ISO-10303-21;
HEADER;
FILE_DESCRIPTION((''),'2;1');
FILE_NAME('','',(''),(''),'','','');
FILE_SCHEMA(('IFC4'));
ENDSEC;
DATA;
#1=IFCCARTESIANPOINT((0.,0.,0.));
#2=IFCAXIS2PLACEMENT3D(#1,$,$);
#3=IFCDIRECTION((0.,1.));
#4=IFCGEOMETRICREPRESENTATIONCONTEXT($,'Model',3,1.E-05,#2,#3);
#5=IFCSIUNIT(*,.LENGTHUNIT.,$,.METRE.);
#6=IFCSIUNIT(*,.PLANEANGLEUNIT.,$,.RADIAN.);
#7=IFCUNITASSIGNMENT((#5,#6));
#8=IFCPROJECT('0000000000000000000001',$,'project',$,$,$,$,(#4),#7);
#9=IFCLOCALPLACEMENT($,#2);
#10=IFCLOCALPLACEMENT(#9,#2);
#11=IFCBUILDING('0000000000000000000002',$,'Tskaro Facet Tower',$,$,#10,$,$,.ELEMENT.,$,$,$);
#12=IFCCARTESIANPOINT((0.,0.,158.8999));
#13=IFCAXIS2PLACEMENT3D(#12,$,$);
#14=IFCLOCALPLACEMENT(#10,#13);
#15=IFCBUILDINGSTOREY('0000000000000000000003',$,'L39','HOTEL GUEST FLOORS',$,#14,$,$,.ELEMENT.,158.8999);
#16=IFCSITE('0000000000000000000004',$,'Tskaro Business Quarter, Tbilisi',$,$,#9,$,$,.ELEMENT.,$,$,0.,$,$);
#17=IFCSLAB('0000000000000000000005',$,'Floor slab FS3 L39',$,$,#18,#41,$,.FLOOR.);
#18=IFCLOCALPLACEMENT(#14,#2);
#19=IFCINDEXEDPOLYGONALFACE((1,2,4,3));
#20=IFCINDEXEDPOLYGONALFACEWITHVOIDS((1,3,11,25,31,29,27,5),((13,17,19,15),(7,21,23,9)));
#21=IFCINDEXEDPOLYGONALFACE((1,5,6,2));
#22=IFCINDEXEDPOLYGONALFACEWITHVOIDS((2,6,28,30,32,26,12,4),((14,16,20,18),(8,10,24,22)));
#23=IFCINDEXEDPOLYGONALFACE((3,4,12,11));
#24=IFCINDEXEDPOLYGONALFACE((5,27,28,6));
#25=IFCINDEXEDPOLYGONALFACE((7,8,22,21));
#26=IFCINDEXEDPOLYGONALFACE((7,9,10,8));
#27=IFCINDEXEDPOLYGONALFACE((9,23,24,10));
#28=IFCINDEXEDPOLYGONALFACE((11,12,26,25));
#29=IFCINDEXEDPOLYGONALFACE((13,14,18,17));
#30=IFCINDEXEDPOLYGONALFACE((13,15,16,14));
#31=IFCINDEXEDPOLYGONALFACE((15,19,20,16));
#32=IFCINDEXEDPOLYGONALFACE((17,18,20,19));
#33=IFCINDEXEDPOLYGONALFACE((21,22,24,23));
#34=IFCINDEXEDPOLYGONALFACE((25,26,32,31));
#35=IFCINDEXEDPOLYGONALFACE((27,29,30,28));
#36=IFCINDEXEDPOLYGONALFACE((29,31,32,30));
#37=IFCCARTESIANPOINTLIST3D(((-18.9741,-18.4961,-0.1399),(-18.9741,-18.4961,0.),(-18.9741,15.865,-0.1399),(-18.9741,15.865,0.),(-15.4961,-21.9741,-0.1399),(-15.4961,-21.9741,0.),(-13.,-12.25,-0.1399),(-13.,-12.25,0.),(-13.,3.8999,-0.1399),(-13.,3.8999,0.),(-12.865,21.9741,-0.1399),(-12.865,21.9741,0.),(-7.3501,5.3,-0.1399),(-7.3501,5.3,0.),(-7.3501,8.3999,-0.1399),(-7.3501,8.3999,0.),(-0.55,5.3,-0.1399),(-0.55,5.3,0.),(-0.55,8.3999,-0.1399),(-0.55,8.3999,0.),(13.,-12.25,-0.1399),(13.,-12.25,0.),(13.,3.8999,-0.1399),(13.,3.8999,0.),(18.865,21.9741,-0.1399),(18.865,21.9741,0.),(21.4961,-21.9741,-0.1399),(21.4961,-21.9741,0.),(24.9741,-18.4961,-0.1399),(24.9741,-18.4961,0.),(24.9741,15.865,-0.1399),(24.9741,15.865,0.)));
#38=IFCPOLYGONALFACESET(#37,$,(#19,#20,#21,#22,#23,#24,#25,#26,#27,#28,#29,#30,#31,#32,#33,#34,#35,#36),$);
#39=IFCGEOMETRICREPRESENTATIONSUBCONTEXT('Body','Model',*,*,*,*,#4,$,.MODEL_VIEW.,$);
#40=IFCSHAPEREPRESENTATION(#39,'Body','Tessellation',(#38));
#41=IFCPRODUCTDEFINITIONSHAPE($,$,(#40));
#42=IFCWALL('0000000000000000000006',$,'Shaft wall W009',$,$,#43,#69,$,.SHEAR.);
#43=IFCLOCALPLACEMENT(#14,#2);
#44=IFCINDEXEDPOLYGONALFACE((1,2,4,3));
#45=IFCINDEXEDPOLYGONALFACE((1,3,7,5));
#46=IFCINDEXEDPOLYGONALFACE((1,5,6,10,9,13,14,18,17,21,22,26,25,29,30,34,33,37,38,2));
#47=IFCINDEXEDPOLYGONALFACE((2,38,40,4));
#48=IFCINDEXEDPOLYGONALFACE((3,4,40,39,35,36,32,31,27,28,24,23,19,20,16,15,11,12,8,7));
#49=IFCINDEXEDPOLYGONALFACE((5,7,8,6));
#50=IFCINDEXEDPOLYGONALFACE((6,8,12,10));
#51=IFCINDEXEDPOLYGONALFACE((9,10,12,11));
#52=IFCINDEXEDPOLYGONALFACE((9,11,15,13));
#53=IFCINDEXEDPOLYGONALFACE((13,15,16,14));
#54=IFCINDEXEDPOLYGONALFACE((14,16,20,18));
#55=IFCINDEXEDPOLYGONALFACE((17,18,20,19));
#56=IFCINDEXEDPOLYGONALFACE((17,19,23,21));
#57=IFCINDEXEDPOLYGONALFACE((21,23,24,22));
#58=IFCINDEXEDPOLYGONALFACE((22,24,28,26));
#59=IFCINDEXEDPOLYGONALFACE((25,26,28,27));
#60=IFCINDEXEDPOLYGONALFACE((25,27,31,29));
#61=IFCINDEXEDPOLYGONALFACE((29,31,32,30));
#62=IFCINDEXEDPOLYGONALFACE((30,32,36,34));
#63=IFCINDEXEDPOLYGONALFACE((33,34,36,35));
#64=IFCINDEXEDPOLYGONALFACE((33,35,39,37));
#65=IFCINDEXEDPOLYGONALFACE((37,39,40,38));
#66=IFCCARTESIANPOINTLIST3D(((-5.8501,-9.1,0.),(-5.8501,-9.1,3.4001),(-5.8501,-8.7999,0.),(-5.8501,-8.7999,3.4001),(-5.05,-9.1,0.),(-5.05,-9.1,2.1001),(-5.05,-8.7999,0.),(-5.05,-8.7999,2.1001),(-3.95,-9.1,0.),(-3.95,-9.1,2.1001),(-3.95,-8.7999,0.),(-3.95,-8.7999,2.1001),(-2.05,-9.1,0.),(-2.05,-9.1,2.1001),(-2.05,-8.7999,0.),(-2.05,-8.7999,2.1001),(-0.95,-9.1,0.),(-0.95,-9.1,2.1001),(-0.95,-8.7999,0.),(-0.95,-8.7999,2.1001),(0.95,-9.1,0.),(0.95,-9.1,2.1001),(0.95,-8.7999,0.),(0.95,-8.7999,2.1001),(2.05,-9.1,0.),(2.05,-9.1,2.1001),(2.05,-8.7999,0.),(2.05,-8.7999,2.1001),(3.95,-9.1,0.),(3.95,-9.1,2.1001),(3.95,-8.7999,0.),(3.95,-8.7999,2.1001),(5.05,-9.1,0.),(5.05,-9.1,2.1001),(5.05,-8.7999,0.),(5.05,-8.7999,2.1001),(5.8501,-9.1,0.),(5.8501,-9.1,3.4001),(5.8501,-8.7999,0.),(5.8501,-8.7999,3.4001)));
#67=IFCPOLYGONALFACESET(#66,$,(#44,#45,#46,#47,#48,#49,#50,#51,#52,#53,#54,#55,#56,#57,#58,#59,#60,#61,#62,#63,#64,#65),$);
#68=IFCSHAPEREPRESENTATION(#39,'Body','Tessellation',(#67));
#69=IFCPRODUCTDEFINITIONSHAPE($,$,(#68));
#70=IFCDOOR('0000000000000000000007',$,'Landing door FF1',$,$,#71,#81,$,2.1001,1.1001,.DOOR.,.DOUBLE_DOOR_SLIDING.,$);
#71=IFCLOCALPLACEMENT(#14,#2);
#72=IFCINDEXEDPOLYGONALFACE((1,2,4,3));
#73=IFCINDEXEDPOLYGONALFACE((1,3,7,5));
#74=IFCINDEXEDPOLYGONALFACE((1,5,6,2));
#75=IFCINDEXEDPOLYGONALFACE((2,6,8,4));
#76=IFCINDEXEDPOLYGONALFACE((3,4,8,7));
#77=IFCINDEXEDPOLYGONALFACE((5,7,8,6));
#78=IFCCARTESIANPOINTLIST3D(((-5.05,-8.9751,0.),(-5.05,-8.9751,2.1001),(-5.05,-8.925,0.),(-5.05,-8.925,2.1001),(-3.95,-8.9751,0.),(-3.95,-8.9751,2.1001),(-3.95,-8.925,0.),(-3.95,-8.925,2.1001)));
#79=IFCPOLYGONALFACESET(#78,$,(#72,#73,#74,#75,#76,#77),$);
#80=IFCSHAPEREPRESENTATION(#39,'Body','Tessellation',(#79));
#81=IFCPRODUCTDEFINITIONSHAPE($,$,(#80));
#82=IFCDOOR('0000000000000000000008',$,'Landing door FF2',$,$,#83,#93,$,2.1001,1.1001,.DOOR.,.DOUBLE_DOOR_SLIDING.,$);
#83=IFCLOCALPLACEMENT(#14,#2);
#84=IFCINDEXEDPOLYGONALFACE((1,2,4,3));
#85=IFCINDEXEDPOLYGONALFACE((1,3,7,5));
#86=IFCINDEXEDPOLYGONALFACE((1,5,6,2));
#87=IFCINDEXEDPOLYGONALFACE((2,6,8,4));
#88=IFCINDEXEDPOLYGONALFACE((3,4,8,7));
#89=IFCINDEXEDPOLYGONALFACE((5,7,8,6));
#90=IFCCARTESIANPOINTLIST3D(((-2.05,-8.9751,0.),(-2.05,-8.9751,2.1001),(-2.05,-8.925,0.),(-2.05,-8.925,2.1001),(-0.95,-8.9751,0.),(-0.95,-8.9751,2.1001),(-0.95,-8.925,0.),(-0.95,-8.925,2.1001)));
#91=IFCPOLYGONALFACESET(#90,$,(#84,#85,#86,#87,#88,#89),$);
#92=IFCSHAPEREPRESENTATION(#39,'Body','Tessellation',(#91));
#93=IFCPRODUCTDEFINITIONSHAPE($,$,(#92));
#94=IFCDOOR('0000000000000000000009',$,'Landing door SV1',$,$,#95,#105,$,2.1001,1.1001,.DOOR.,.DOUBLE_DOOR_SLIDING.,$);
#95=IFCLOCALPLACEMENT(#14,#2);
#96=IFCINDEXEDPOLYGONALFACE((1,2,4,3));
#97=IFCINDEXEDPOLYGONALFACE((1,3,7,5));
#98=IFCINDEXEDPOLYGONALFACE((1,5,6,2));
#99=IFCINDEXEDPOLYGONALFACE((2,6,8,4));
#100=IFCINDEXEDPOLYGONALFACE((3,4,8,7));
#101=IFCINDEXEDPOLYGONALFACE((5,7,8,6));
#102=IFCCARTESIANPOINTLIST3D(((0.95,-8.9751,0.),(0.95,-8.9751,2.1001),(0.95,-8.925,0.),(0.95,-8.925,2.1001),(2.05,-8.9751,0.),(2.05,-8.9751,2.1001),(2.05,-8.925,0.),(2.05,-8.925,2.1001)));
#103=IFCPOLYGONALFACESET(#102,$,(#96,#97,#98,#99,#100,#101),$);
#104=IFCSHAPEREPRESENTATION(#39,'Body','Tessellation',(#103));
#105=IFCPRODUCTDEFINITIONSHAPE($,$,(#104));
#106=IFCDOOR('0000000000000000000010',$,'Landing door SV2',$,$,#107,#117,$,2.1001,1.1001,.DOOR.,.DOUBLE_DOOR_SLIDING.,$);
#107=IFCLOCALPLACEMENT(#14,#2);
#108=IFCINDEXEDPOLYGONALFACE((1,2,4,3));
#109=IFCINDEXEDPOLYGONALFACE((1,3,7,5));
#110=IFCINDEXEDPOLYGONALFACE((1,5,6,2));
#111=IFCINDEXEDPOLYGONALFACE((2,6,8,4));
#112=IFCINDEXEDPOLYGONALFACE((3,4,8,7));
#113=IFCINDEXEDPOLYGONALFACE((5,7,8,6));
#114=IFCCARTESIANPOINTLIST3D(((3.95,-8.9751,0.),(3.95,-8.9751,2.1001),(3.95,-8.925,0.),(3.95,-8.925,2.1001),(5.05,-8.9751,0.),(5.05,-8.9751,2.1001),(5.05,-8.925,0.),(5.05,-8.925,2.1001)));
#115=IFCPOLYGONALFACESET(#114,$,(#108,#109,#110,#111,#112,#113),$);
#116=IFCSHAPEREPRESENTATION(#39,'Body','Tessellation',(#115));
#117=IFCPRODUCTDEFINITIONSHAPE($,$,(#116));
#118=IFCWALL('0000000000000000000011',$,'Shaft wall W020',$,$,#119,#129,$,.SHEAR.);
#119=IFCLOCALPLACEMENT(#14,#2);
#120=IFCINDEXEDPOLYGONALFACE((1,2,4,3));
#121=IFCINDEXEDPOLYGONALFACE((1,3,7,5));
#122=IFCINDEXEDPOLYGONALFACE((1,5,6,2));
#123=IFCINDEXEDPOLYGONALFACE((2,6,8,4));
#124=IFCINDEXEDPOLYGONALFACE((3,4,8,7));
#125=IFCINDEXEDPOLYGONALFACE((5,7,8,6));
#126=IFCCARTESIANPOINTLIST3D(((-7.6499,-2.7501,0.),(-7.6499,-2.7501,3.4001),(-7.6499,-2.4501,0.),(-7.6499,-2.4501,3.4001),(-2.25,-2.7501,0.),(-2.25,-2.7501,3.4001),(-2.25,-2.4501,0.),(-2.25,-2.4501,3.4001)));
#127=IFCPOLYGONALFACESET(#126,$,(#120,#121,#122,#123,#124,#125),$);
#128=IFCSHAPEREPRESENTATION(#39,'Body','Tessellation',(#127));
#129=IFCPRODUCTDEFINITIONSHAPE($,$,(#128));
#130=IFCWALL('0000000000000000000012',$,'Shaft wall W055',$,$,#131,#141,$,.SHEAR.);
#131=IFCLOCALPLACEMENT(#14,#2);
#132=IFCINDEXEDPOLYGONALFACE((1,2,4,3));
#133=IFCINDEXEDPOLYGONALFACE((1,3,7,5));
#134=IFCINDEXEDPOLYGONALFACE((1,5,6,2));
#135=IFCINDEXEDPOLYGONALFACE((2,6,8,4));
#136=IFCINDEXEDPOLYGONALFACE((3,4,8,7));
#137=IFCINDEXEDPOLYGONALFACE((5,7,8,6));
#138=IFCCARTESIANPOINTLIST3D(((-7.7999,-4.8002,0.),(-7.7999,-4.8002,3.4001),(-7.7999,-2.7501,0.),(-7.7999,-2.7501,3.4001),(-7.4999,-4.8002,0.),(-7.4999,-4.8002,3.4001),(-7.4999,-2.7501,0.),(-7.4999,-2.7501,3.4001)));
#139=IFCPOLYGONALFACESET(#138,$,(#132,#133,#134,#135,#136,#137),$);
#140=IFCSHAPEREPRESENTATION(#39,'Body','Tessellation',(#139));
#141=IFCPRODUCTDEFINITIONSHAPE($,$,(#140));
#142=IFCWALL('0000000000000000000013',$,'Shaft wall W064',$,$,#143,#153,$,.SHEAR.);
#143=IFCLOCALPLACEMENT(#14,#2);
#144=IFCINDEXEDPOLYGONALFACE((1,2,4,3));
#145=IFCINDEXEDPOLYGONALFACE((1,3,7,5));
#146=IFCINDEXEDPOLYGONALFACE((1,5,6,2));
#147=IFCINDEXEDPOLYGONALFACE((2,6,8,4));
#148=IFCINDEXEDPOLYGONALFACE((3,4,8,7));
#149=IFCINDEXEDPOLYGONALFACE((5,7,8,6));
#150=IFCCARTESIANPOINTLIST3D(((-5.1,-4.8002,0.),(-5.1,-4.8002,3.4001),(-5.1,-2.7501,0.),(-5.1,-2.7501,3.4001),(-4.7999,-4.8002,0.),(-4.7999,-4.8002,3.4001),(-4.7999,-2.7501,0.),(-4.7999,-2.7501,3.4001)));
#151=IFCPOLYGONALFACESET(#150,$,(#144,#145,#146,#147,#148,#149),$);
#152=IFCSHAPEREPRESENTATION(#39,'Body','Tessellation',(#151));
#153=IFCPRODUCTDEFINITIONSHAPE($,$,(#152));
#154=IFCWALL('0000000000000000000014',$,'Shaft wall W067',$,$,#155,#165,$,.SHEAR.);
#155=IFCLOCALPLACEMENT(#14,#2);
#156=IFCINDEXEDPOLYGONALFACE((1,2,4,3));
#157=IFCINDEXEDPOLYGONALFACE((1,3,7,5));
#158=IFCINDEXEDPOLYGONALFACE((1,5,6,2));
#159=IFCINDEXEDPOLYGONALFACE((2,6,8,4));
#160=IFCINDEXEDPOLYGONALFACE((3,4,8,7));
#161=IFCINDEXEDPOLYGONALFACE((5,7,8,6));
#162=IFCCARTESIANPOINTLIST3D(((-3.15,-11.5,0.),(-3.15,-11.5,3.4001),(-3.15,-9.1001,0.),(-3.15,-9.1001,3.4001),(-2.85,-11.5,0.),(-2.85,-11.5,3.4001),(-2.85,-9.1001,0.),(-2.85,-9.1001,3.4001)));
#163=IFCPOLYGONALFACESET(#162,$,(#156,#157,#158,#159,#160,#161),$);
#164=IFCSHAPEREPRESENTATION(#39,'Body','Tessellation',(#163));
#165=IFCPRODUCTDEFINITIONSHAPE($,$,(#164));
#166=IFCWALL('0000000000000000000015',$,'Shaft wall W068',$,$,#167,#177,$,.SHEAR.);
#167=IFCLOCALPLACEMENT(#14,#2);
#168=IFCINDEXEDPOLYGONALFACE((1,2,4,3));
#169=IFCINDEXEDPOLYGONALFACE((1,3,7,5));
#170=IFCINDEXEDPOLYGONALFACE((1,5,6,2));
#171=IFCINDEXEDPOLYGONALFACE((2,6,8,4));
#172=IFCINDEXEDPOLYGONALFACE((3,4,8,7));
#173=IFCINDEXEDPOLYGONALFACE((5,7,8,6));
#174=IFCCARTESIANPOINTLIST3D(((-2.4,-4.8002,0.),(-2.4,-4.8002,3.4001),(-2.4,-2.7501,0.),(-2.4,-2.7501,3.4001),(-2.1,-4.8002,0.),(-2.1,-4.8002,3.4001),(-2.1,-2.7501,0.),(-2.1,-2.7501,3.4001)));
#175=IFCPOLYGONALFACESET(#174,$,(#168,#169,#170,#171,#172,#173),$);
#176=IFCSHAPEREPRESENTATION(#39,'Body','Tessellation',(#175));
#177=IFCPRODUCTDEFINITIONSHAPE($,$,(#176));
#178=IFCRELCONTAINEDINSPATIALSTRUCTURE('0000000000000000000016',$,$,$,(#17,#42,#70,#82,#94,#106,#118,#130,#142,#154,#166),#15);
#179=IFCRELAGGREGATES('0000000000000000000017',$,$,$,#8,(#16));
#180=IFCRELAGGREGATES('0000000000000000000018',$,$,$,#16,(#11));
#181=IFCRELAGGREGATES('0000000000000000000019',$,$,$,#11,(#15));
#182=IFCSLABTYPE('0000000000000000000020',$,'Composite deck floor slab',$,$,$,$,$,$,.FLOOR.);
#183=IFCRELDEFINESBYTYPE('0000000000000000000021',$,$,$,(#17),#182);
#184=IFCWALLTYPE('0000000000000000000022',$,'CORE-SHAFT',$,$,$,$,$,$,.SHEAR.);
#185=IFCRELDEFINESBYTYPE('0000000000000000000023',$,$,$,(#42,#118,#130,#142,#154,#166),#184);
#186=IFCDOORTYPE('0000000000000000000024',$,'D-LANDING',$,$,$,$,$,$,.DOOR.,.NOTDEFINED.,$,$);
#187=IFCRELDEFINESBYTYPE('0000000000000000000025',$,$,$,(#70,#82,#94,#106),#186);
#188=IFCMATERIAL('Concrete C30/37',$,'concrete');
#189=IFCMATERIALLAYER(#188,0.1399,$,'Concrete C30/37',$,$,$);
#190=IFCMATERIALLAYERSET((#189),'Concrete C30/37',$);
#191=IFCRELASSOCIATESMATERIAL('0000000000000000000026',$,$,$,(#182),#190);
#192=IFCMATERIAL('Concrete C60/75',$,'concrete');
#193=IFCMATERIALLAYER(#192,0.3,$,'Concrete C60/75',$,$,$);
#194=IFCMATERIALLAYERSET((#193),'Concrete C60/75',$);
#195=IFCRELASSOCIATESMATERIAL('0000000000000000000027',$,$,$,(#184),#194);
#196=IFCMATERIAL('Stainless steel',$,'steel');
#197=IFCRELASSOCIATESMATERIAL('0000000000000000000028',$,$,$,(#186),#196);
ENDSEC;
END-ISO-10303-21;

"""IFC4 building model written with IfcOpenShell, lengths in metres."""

from ifc_helpers import new_model, si_unit, direction, frame, frame_2d, origin, place, context, subcontext, project, spatial, polyline, rectangle, outline, extrude, material, layer, layer_set, type_object, element, fill, save


model = new_model("IFC4")

# Units and contexts
model_context = context("Model", 3, precision=1e-05, world=origin(), true_north=direction((0.0, 1.0)))
body_context = subcontext(model_context, "Body", "Model", "MODEL_VIEW")
ifc_project = project(units=[si_unit("LENGTHUNIT", "METRE"), si_unit("PLANEANGLEUNIT", "RADIAN")], contexts=[model_context])

# Site, building, storey
site_placement = place(None, origin())
site = spatial("IfcSite", under=ifc_project, at=site_placement, Name="Tskaro Business Quarter, Tbilisi", CompositionType="ELEMENT", RefElevation=0.0)
building_placement = place(site_placement, origin())
building = spatial("IfcBuilding", under=site, at=building_placement, Name="Tskaro Facet Tower", CompositionType="ELEMENT")
storey_placement = place(building_placement, frame((0.0, 0.0, 158.8999)))
storey = spatial("IfcBuildingStorey", under=building, at=storey_placement, Name="L39", Description="HOTEL GUEST FLOORS", CompositionType="ELEMENT", Elevation=158.8999)

# Slab
ifc_material_1 = material(Name="Concrete C30/37", Category="concrete")
ifc_layer_1 = layer(ifc_material_1, 0.1399, Name="Concrete C30/37")
ifc_layer_set_1 = layer_set([ifc_layer_1], Name="Concrete C30/37")
slab_type_1 = type_object("IfcSlabType", Name="Composite deck floor slab", PredefinedType="FLOOR", material=ifc_layer_set_1)
slab_1_placement = place(storey_placement, frame((0.0, 0.0, -0.1399)))
element("IfcSlab", 1, at=slab_1_placement, inside=storey, type_object=slab_type_1, Name="Floor slab FS3 L39", PredefinedType="FLOOR", context=body_context, shape_type="SweptSolid", body=[
    extrude(outline(polyline([(-15.4961, -21.9741), (21.4961, -21.9741), (24.9741, -18.4961), (24.9741, 15.865), (18.865, 21.9741), (-12.865, 21.9741), (-18.9741, 15.865), (-18.9741, -18.4961), (-15.4961, -21.9741)]), holes=[polyline([(-13.0, -12.25), (13.0, -12.25), (13.0, 3.8999), (-13.0, 3.8999), (-13.0, -12.25)]), polyline([(-7.3501, 5.3), (-0.55, 5.3), (-0.55, 8.3999), (-7.3501, 8.3999), (-7.3501, 5.3)])]), origin(), (0.0, 0.0, 1.0), 0.1399),
])
ifc_material_2 = material(Name="Concrete C60/75", Category="concrete")

# Wall, openings, doors
ifc_layer_2 = layer(ifc_material_2, 0.3, Name="Concrete C60/75")
ifc_layer_set_2 = layer_set([ifc_layer_2], Name="Concrete C60/75")
wall_type_1 = type_object("IfcWallType", Name="CORE-SHAFT", PredefinedType="SHEAR", material=ifc_layer_set_2)
wall_1_placement = place(storey_placement, frame((-5.8501, -8.95, 0.0), z_axis=(0.0, 0.0, 1.0), x_axis=(1.0, 0.0, 0.0)))
wall_1 = element("IfcWall", 2, at=wall_1_placement, inside=storey, type_object=wall_type_1, Name="Shaft wall W009", PredefinedType="SHEAR", context=body_context, shape_type="SweptSolid", body=[
    extrude(rectangle(XDim=11.7002, YDim=0.3, at=frame_2d((5.8501, 0.0))), origin(), (0.0, 0.0, 1.0), 3.4001),
])
opening_1_placement = place(wall_1_placement, frame((0.8, 0.0, 0.0)))
opening_1 = element("IfcOpeningElement", 3, at=opening_1_placement, cuts=wall_1, PredefinedType="OPENING", context=body_context, shape_type="SweptSolid", body=[
    extrude(rectangle(XDim=1.1001, YDim=2.1001, at=frame_2d((0.55, 1.05))), frame((0.0, 0.1599, 0.0), z_axis=(0.0, -1.0, 0.0), x_axis=(1.0, 0.0, 0.0)), (0.0, 0.0, 1.0), 0.3201),
])
opening_2_placement = place(wall_1_placement, frame((3.8, 0.0, 0.0)))
opening_2 = element("IfcOpeningElement", 4, at=opening_2_placement, cuts=wall_1, PredefinedType="OPENING", context=body_context, shape_type="SweptSolid", body=[
    extrude(rectangle(XDim=1.1001, YDim=2.1001, at=frame_2d((0.55, 1.05))), frame((0.0, 0.1599, 0.0), z_axis=(0.0, -1.0, 0.0), x_axis=(1.0, 0.0, 0.0)), (0.0, 0.0, 1.0), 0.3201),
])
opening_3_placement = place(wall_1_placement, frame((6.8, 0.0, 0.0)))
opening_3 = element("IfcOpeningElement", 5, at=opening_3_placement, cuts=wall_1, PredefinedType="OPENING", context=body_context, shape_type="SweptSolid", body=[
    extrude(rectangle(XDim=1.1001, YDim=2.1001, at=frame_2d((0.55, 1.05))), frame((0.0, 0.1599, 0.0), z_axis=(0.0, -1.0, 0.0), x_axis=(1.0, 0.0, 0.0)), (0.0, 0.0, 1.0), 0.3201),
])
opening_4_placement = place(wall_1_placement, frame((9.8, 0.0, 0.0)))
opening_4 = element("IfcOpeningElement", 6, at=opening_4_placement, cuts=wall_1, PredefinedType="OPENING", context=body_context, shape_type="SweptSolid", body=[
    extrude(rectangle(XDim=1.1001, YDim=2.1001, at=frame_2d((0.55, 1.05))), frame((0.0, 0.1599, 0.0), z_axis=(0.0, -1.0, 0.0), x_axis=(1.0, 0.0, 0.0)), (0.0, 0.0, 1.0), 0.3201),
])
ifc_material_3 = material(Name="Stainless steel", Category="steel")
door_type_1 = type_object("IfcDoorType", Name="D-LANDING", OperationType="NOTDEFINED", PredefinedType="DOOR", material=ifc_material_3)
door_1_placement = place(opening_1_placement, origin())
door_1 = element("IfcDoor", 7, at=door_1_placement, inside=storey, type_object=door_type_1, Name="Landing door FF1", OperationType="DOUBLE_DOOR_SLIDING", OverallHeight=2.1001, OverallWidth=1.1001, PredefinedType="DOOR", context=body_context, shape_type="SweptSolid", body=[
    extrude(rectangle(XDim=1.1001, YDim=2.1001, at=frame_2d((0.55, 1.05))), frame((0.0, 0.0249, 0.0), z_axis=(0.0, -1.0, 0.0), x_axis=(1.0, 0.0, 0.0)), (0.0, 0.0, 1.0), 0.05),
])
fill(opening_1, door_1)
door_2_placement = place(opening_2_placement, origin())
door_2 = element("IfcDoor", 8, at=door_2_placement, inside=storey, type_object=door_type_1, Name="Landing door FF2", OperationType="DOUBLE_DOOR_SLIDING", OverallHeight=2.1001, OverallWidth=1.1001, PredefinedType="DOOR", context=body_context, shape_type="SweptSolid", body=[
    extrude(rectangle(XDim=1.1001, YDim=2.1001, at=frame_2d((0.55, 1.05))), frame((0.0, 0.0249, 0.0), z_axis=(0.0, -1.0, 0.0), x_axis=(1.0, 0.0, 0.0)), (0.0, 0.0, 1.0), 0.05),
])
fill(opening_2, door_2)
door_3_placement = place(opening_3_placement, origin())
door_3 = element("IfcDoor", 9, at=door_3_placement, inside=storey, type_object=door_type_1, Name="Landing door SV1", OperationType="DOUBLE_DOOR_SLIDING", OverallHeight=2.1001, OverallWidth=1.1001, PredefinedType="DOOR", context=body_context, shape_type="SweptSolid", body=[
    extrude(rectangle(XDim=1.1001, YDim=2.1001, at=frame_2d((0.55, 1.05))), frame((0.0, 0.0249, 0.0), z_axis=(0.0, -1.0, 0.0), x_axis=(1.0, 0.0, 0.0)), (0.0, 0.0, 1.0), 0.05),
])
fill(opening_3, door_3)
door_4_placement = place(opening_4_placement, origin())
door_4 = element("IfcDoor", 10, at=door_4_placement, inside=storey, type_object=door_type_1, Name="Landing door SV2", OperationType="DOUBLE_DOOR_SLIDING", OverallHeight=2.1001, OverallWidth=1.1001, PredefinedType="DOOR", context=body_context, shape_type="SweptSolid", body=[
    extrude(rectangle(XDim=1.1001, YDim=2.1001, at=frame_2d((0.55, 1.05))), frame((0.0, 0.0249, 0.0), z_axis=(0.0, -1.0, 0.0), x_axis=(1.0, 0.0, 0.0)), (0.0, 0.0, 1.0), 0.05),
])
fill(opening_4, door_4)

# Walls
wall_2_placement = place(storey_placement, frame((-7.6499, -2.6001, 0.0), z_axis=(0.0, 0.0, 1.0), x_axis=(1.0, 0.0, 0.0)))
element("IfcWall", 11, at=wall_2_placement, inside=storey, type_object=wall_type_1, Name="Shaft wall W020", PredefinedType="SHEAR", context=body_context, shape_type="SweptSolid", body=[
    extrude(rectangle(XDim=5.3999, YDim=0.3, at=frame_2d((2.7, 0.0))), origin(), (0.0, 0.0, 1.0), 3.4001),
])
for number, where, z_axis, x_axis, name in (
    (12, (-7.6499, -4.8, 0.0), (0.0, 0.0, 1.0), (0.0, 1.0, 0.0), "Shaft wall W055"),
    (13, (-4.95, -4.8, 0.0), (0.0, 0.0, 1.0), (0.0, 1.0, 0.0), "Shaft wall W064"),
):
    element("IfcWall", number, at=place(storey_placement, frame(where, z_axis=z_axis, x_axis=x_axis)), inside=storey, type_object=wall_type_1, Name=name, PredefinedType="SHEAR", context=body_context, shape_type="SweptSolid", body=[
        extrude(rectangle(XDim=2.05, YDim=0.3, at=frame_2d((1.0249, 0.0))), origin(), (0.0, 0.0, 1.0), 3.4001),
    ])
wall_3_placement = place(storey_placement, frame((-3.0, -11.5, 0.0), z_axis=(0.0, 0.0, 1.0), x_axis=(0.0, 1.0, 0.0)))
element("IfcWall", 14, at=wall_3_placement, inside=storey, type_object=wall_type_1, Name="Shaft wall W067", PredefinedType="SHEAR", context=body_context, shape_type="SweptSolid", body=[
    extrude(rectangle(XDim=2.3999, YDim=0.3, at=frame_2d((1.2, 0.0))), origin(), (0.0, 0.0, 1.0), 3.4001),
])
wall_4_placement = place(storey_placement, frame((-2.25, -4.8, 0.0), z_axis=(0.0, 0.0, 1.0), x_axis=(0.0, 1.0, 0.0)))
element("IfcWall", 15, at=wall_4_placement, inside=storey, type_object=wall_type_1, Name="Shaft wall W068", PredefinedType="SHEAR", context=body_context, shape_type="SweptSolid", body=[
    extrude(rectangle(XDim=2.05, YDim=0.3, at=frame_2d((1.0249, 0.0))), origin(), (0.0, 0.0, 1.0), 3.4001),
])

save(model, "model.ifc")
